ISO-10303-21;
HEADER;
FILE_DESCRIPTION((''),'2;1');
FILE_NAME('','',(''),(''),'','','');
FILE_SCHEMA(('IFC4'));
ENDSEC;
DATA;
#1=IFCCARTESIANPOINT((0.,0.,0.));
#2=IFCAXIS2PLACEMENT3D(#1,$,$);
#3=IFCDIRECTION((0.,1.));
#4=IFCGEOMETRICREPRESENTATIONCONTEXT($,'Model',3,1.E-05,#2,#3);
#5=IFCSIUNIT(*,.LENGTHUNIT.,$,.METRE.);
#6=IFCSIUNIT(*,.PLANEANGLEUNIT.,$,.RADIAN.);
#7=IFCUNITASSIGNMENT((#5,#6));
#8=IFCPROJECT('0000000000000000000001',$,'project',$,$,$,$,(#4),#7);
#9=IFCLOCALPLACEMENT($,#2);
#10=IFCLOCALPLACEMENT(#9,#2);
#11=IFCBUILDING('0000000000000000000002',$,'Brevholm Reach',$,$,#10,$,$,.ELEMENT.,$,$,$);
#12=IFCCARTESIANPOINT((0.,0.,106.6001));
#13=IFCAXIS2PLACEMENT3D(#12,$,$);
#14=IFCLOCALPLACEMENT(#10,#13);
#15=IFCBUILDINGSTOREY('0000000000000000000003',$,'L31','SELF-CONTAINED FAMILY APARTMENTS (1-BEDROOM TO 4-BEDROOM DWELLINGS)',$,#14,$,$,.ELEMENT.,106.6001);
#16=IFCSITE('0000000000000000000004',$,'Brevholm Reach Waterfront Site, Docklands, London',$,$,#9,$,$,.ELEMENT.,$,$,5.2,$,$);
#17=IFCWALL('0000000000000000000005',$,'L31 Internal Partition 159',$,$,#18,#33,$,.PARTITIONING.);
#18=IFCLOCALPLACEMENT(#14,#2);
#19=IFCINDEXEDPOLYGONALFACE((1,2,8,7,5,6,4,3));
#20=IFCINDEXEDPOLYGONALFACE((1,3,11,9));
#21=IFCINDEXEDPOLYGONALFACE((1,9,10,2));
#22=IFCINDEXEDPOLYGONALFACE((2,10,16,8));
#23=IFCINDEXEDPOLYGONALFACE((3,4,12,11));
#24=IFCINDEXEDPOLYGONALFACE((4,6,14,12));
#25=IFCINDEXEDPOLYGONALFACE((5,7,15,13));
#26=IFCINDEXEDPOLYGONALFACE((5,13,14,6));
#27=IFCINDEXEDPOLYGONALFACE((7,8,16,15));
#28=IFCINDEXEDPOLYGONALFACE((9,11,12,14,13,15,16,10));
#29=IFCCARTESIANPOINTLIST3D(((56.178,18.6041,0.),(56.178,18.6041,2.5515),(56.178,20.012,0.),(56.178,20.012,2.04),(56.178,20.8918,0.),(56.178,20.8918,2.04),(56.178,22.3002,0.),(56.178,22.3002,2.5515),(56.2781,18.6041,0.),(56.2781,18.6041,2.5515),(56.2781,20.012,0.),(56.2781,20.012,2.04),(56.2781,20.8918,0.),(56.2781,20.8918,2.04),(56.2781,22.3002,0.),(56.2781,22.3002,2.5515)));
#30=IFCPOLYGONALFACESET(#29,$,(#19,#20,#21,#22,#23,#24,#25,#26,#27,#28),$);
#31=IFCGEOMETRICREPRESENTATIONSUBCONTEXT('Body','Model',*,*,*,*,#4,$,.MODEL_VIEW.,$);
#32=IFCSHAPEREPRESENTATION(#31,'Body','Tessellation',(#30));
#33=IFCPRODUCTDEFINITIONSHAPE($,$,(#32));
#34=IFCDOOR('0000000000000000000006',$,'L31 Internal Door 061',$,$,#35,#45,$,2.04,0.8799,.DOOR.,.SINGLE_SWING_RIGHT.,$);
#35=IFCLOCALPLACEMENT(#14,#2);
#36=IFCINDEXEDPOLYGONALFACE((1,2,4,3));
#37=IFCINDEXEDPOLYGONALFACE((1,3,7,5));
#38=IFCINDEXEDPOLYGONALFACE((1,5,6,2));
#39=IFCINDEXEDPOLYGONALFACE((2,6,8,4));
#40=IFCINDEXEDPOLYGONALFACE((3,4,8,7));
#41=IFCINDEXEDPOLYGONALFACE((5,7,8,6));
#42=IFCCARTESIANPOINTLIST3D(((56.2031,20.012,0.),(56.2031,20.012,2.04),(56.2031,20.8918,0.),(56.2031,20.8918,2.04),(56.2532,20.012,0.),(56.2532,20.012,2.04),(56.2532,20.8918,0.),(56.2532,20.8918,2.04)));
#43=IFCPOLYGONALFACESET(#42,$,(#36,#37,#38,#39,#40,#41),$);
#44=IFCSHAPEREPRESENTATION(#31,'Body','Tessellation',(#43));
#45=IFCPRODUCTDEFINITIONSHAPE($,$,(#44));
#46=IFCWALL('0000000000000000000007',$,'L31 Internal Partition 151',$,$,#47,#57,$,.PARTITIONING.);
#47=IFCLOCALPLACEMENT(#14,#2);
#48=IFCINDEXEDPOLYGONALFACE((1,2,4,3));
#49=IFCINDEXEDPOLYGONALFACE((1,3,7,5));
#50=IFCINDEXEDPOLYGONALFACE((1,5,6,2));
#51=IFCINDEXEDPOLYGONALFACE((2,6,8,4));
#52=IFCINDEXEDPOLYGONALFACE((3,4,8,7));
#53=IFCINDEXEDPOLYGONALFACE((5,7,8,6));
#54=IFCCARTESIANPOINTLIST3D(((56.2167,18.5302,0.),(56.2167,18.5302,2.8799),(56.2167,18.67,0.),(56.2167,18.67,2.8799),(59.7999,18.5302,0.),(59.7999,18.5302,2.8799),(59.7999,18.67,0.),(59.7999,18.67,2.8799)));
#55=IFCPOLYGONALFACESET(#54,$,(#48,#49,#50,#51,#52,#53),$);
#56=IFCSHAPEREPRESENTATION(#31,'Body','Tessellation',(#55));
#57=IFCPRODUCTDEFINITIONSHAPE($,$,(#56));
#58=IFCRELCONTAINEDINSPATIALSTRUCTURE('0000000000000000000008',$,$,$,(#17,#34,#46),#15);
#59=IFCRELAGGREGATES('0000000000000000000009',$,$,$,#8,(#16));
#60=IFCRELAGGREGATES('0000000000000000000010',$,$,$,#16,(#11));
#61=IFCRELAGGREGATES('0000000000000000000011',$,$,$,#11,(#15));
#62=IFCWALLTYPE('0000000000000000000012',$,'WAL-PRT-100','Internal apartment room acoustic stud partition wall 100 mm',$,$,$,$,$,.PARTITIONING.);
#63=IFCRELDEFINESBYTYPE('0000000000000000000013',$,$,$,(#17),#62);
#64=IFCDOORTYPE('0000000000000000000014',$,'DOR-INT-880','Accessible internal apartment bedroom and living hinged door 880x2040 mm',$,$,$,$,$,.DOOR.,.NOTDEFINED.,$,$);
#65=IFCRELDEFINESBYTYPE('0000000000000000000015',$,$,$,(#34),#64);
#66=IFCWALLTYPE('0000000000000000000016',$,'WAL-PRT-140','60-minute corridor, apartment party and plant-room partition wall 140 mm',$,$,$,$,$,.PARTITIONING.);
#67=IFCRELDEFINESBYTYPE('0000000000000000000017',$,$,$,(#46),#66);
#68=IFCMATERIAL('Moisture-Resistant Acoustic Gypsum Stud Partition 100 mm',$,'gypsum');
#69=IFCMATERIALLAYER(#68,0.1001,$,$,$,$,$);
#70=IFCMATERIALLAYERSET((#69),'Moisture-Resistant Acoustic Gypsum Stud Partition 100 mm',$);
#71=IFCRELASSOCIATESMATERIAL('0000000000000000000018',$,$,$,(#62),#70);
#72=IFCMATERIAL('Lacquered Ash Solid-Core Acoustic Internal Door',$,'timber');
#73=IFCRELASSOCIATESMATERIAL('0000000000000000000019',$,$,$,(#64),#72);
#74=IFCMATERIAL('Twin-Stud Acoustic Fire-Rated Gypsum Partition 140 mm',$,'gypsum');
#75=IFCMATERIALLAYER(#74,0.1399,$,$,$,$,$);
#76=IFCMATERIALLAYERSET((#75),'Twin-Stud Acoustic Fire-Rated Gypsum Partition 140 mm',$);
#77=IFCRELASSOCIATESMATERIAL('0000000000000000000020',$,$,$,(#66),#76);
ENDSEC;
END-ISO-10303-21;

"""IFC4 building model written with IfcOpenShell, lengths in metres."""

from ifc_helpers import new_model, si_unit, direction, frame, frame_2d, origin, place, context, subcontext, project, spatial, rectangle, extrude, material, layer, layer_set, type_object, element, fill, save


model = new_model("IFC4")

# Units and contexts
model_context = context("Model", 3, precision=1e-05, world=origin(), true_north=direction((0.0, 1.0)))
body_context = subcontext(model_context, "Body", "Model", "MODEL_VIEW")
ifc_project = project(units=[si_unit("LENGTHUNIT", "METRE"), si_unit("PLANEANGLEUNIT", "RADIAN")], contexts=[model_context])

# Site, building, storey
site_placement = place(None, origin())
site = spatial("IfcSite", under=ifc_project, at=site_placement, Name="Brevholm Reach Waterfront Site, Docklands, London", CompositionType="ELEMENT", RefElevation=5.2)
building_placement = place(site_placement, origin())
building = spatial("IfcBuilding", under=site, at=building_placement, Name="Brevholm Reach", CompositionType="ELEMENT")
storey_placement = place(building_placement, frame((0.0, 0.0, 106.6001)))
storey = spatial("IfcBuildingStorey", under=building, at=storey_placement, Name="L31", Description="SELF-CONTAINED FAMILY APARTMENTS (1-BEDROOM TO 4-BEDROOM DWELLINGS)", CompositionType="ELEMENT", Elevation=106.6001)

# Shared definitions
ifc_material_1 = material(Name="Moisture-Resistant Acoustic Gypsum Stud Partition 100 mm", Category="gypsum")
ifc_layer_1 = layer(ifc_material_1, 0.1001)
ifc_layer_set_1 = layer_set([ifc_layer_1], Name="Moisture-Resistant Acoustic Gypsum Stud Partition 100 mm")
wall_type_1 = type_object("IfcWallType", Name="WAL-PRT-100", Description="Internal apartment room acoustic stud partition wall 100 mm", PredefinedType="PARTITIONING", material=ifc_layer_set_1)

# Wall, opening, door
wall_1_placement = place(storey_placement, frame((56.228, 18.604, 0.0), z_axis=(0.0, 0.0, 1.0), x_axis=(0.0, 1.0, 0.0)))
wall_1 = element("IfcWall", 1, at=wall_1_placement, inside=storey, type_object=wall_type_1, Name="L31 Internal Partition 159", PredefinedType="PARTITIONING", context=body_context, shape_type="SweptSolid", body=[
    extrude(rectangle(XDim=3.696, YDim=0.1001, at=frame_2d((1.8481, 0.0))), origin(), (0.0, 0.0, 1.0), 2.5515),
])
opening_1_placement = place(wall_1_placement, frame((1.408, 0.0, 0.0)))
opening_1 = element("IfcOpeningElement", 2, at=opening_1_placement, cuts=wall_1, PredefinedType="OPENING", context=body_context, shape_type="SweptSolid", body=[
    extrude(rectangle(XDim=0.8799, YDim=2.04, at=frame_2d((0.4399, 1.02))), frame((0.0, 0.0601, 0.0), z_axis=(0.0, -1.0, 0.0), x_axis=(1.0, 0.0, 0.0)), (0.0, 0.0, 1.0), 0.1201),
])
ifc_material_2 = material(Name="Lacquered Ash Solid-Core Acoustic Internal Door", Category="timber")
door_type = type_object("IfcDoorType", Name="DOR-INT-880", Description="Accessible internal apartment bedroom and living hinged door 880x2040 mm", OperationType="NOTDEFINED", PredefinedType="DOOR", material=ifc_material_2)
door_placement = place(opening_1_placement, origin())
door = element("IfcDoor", 3, at=door_placement, inside=storey, type_object=door_type, Name="L31 Internal Door 061", OperationType="SINGLE_SWING_RIGHT", OverallHeight=2.04, OverallWidth=0.8799, PredefinedType="DOOR", context=body_context, shape_type="SweptSolid", body=[
    extrude(rectangle(XDim=0.8799, YDim=2.04, at=frame_2d((0.4399, 1.02))), frame((0.0, 0.0249, 0.0), z_axis=(0.0, -1.0, 0.0), x_axis=(1.0, 0.0, 0.0)), (0.0, 0.0, 1.0), 0.05),
])
fill(opening_1, door)

# Wall
ifc_material_3 = material(Name="Twin-Stud Acoustic Fire-Rated Gypsum Partition 140 mm", Category="gypsum")
ifc_layer_2 = layer(ifc_material_3, 0.1399)
ifc_layer_set_2 = layer_set([ifc_layer_2], Name="Twin-Stud Acoustic Fire-Rated Gypsum Partition 140 mm")
wall_type_2 = type_object("IfcWallType", Name="WAL-PRT-140", Description="60-minute corridor, apartment party and plant-room partition wall 140 mm", PredefinedType="PARTITIONING", material=ifc_layer_set_2)
wall_2_placement = place(storey_placement, frame((56.2168, 18.6001, 0.0), z_axis=(0.0, 0.0, 1.0), x_axis=(1.0, 0.0, 0.0)))
element("IfcWall", 4, at=wall_2_placement, inside=storey, type_object=wall_type_2, Name="L31 Internal Partition 151", PredefinedType="PARTITIONING", context=body_context, shape_type="SweptSolid", body=[
    extrude(rectangle(XDim=3.5833, YDim=0.1399, at=frame_2d((1.7915, 0.0))), origin(), (0.0, 0.0, 1.0), 2.8799),
])

save(model, "model.ifc")
